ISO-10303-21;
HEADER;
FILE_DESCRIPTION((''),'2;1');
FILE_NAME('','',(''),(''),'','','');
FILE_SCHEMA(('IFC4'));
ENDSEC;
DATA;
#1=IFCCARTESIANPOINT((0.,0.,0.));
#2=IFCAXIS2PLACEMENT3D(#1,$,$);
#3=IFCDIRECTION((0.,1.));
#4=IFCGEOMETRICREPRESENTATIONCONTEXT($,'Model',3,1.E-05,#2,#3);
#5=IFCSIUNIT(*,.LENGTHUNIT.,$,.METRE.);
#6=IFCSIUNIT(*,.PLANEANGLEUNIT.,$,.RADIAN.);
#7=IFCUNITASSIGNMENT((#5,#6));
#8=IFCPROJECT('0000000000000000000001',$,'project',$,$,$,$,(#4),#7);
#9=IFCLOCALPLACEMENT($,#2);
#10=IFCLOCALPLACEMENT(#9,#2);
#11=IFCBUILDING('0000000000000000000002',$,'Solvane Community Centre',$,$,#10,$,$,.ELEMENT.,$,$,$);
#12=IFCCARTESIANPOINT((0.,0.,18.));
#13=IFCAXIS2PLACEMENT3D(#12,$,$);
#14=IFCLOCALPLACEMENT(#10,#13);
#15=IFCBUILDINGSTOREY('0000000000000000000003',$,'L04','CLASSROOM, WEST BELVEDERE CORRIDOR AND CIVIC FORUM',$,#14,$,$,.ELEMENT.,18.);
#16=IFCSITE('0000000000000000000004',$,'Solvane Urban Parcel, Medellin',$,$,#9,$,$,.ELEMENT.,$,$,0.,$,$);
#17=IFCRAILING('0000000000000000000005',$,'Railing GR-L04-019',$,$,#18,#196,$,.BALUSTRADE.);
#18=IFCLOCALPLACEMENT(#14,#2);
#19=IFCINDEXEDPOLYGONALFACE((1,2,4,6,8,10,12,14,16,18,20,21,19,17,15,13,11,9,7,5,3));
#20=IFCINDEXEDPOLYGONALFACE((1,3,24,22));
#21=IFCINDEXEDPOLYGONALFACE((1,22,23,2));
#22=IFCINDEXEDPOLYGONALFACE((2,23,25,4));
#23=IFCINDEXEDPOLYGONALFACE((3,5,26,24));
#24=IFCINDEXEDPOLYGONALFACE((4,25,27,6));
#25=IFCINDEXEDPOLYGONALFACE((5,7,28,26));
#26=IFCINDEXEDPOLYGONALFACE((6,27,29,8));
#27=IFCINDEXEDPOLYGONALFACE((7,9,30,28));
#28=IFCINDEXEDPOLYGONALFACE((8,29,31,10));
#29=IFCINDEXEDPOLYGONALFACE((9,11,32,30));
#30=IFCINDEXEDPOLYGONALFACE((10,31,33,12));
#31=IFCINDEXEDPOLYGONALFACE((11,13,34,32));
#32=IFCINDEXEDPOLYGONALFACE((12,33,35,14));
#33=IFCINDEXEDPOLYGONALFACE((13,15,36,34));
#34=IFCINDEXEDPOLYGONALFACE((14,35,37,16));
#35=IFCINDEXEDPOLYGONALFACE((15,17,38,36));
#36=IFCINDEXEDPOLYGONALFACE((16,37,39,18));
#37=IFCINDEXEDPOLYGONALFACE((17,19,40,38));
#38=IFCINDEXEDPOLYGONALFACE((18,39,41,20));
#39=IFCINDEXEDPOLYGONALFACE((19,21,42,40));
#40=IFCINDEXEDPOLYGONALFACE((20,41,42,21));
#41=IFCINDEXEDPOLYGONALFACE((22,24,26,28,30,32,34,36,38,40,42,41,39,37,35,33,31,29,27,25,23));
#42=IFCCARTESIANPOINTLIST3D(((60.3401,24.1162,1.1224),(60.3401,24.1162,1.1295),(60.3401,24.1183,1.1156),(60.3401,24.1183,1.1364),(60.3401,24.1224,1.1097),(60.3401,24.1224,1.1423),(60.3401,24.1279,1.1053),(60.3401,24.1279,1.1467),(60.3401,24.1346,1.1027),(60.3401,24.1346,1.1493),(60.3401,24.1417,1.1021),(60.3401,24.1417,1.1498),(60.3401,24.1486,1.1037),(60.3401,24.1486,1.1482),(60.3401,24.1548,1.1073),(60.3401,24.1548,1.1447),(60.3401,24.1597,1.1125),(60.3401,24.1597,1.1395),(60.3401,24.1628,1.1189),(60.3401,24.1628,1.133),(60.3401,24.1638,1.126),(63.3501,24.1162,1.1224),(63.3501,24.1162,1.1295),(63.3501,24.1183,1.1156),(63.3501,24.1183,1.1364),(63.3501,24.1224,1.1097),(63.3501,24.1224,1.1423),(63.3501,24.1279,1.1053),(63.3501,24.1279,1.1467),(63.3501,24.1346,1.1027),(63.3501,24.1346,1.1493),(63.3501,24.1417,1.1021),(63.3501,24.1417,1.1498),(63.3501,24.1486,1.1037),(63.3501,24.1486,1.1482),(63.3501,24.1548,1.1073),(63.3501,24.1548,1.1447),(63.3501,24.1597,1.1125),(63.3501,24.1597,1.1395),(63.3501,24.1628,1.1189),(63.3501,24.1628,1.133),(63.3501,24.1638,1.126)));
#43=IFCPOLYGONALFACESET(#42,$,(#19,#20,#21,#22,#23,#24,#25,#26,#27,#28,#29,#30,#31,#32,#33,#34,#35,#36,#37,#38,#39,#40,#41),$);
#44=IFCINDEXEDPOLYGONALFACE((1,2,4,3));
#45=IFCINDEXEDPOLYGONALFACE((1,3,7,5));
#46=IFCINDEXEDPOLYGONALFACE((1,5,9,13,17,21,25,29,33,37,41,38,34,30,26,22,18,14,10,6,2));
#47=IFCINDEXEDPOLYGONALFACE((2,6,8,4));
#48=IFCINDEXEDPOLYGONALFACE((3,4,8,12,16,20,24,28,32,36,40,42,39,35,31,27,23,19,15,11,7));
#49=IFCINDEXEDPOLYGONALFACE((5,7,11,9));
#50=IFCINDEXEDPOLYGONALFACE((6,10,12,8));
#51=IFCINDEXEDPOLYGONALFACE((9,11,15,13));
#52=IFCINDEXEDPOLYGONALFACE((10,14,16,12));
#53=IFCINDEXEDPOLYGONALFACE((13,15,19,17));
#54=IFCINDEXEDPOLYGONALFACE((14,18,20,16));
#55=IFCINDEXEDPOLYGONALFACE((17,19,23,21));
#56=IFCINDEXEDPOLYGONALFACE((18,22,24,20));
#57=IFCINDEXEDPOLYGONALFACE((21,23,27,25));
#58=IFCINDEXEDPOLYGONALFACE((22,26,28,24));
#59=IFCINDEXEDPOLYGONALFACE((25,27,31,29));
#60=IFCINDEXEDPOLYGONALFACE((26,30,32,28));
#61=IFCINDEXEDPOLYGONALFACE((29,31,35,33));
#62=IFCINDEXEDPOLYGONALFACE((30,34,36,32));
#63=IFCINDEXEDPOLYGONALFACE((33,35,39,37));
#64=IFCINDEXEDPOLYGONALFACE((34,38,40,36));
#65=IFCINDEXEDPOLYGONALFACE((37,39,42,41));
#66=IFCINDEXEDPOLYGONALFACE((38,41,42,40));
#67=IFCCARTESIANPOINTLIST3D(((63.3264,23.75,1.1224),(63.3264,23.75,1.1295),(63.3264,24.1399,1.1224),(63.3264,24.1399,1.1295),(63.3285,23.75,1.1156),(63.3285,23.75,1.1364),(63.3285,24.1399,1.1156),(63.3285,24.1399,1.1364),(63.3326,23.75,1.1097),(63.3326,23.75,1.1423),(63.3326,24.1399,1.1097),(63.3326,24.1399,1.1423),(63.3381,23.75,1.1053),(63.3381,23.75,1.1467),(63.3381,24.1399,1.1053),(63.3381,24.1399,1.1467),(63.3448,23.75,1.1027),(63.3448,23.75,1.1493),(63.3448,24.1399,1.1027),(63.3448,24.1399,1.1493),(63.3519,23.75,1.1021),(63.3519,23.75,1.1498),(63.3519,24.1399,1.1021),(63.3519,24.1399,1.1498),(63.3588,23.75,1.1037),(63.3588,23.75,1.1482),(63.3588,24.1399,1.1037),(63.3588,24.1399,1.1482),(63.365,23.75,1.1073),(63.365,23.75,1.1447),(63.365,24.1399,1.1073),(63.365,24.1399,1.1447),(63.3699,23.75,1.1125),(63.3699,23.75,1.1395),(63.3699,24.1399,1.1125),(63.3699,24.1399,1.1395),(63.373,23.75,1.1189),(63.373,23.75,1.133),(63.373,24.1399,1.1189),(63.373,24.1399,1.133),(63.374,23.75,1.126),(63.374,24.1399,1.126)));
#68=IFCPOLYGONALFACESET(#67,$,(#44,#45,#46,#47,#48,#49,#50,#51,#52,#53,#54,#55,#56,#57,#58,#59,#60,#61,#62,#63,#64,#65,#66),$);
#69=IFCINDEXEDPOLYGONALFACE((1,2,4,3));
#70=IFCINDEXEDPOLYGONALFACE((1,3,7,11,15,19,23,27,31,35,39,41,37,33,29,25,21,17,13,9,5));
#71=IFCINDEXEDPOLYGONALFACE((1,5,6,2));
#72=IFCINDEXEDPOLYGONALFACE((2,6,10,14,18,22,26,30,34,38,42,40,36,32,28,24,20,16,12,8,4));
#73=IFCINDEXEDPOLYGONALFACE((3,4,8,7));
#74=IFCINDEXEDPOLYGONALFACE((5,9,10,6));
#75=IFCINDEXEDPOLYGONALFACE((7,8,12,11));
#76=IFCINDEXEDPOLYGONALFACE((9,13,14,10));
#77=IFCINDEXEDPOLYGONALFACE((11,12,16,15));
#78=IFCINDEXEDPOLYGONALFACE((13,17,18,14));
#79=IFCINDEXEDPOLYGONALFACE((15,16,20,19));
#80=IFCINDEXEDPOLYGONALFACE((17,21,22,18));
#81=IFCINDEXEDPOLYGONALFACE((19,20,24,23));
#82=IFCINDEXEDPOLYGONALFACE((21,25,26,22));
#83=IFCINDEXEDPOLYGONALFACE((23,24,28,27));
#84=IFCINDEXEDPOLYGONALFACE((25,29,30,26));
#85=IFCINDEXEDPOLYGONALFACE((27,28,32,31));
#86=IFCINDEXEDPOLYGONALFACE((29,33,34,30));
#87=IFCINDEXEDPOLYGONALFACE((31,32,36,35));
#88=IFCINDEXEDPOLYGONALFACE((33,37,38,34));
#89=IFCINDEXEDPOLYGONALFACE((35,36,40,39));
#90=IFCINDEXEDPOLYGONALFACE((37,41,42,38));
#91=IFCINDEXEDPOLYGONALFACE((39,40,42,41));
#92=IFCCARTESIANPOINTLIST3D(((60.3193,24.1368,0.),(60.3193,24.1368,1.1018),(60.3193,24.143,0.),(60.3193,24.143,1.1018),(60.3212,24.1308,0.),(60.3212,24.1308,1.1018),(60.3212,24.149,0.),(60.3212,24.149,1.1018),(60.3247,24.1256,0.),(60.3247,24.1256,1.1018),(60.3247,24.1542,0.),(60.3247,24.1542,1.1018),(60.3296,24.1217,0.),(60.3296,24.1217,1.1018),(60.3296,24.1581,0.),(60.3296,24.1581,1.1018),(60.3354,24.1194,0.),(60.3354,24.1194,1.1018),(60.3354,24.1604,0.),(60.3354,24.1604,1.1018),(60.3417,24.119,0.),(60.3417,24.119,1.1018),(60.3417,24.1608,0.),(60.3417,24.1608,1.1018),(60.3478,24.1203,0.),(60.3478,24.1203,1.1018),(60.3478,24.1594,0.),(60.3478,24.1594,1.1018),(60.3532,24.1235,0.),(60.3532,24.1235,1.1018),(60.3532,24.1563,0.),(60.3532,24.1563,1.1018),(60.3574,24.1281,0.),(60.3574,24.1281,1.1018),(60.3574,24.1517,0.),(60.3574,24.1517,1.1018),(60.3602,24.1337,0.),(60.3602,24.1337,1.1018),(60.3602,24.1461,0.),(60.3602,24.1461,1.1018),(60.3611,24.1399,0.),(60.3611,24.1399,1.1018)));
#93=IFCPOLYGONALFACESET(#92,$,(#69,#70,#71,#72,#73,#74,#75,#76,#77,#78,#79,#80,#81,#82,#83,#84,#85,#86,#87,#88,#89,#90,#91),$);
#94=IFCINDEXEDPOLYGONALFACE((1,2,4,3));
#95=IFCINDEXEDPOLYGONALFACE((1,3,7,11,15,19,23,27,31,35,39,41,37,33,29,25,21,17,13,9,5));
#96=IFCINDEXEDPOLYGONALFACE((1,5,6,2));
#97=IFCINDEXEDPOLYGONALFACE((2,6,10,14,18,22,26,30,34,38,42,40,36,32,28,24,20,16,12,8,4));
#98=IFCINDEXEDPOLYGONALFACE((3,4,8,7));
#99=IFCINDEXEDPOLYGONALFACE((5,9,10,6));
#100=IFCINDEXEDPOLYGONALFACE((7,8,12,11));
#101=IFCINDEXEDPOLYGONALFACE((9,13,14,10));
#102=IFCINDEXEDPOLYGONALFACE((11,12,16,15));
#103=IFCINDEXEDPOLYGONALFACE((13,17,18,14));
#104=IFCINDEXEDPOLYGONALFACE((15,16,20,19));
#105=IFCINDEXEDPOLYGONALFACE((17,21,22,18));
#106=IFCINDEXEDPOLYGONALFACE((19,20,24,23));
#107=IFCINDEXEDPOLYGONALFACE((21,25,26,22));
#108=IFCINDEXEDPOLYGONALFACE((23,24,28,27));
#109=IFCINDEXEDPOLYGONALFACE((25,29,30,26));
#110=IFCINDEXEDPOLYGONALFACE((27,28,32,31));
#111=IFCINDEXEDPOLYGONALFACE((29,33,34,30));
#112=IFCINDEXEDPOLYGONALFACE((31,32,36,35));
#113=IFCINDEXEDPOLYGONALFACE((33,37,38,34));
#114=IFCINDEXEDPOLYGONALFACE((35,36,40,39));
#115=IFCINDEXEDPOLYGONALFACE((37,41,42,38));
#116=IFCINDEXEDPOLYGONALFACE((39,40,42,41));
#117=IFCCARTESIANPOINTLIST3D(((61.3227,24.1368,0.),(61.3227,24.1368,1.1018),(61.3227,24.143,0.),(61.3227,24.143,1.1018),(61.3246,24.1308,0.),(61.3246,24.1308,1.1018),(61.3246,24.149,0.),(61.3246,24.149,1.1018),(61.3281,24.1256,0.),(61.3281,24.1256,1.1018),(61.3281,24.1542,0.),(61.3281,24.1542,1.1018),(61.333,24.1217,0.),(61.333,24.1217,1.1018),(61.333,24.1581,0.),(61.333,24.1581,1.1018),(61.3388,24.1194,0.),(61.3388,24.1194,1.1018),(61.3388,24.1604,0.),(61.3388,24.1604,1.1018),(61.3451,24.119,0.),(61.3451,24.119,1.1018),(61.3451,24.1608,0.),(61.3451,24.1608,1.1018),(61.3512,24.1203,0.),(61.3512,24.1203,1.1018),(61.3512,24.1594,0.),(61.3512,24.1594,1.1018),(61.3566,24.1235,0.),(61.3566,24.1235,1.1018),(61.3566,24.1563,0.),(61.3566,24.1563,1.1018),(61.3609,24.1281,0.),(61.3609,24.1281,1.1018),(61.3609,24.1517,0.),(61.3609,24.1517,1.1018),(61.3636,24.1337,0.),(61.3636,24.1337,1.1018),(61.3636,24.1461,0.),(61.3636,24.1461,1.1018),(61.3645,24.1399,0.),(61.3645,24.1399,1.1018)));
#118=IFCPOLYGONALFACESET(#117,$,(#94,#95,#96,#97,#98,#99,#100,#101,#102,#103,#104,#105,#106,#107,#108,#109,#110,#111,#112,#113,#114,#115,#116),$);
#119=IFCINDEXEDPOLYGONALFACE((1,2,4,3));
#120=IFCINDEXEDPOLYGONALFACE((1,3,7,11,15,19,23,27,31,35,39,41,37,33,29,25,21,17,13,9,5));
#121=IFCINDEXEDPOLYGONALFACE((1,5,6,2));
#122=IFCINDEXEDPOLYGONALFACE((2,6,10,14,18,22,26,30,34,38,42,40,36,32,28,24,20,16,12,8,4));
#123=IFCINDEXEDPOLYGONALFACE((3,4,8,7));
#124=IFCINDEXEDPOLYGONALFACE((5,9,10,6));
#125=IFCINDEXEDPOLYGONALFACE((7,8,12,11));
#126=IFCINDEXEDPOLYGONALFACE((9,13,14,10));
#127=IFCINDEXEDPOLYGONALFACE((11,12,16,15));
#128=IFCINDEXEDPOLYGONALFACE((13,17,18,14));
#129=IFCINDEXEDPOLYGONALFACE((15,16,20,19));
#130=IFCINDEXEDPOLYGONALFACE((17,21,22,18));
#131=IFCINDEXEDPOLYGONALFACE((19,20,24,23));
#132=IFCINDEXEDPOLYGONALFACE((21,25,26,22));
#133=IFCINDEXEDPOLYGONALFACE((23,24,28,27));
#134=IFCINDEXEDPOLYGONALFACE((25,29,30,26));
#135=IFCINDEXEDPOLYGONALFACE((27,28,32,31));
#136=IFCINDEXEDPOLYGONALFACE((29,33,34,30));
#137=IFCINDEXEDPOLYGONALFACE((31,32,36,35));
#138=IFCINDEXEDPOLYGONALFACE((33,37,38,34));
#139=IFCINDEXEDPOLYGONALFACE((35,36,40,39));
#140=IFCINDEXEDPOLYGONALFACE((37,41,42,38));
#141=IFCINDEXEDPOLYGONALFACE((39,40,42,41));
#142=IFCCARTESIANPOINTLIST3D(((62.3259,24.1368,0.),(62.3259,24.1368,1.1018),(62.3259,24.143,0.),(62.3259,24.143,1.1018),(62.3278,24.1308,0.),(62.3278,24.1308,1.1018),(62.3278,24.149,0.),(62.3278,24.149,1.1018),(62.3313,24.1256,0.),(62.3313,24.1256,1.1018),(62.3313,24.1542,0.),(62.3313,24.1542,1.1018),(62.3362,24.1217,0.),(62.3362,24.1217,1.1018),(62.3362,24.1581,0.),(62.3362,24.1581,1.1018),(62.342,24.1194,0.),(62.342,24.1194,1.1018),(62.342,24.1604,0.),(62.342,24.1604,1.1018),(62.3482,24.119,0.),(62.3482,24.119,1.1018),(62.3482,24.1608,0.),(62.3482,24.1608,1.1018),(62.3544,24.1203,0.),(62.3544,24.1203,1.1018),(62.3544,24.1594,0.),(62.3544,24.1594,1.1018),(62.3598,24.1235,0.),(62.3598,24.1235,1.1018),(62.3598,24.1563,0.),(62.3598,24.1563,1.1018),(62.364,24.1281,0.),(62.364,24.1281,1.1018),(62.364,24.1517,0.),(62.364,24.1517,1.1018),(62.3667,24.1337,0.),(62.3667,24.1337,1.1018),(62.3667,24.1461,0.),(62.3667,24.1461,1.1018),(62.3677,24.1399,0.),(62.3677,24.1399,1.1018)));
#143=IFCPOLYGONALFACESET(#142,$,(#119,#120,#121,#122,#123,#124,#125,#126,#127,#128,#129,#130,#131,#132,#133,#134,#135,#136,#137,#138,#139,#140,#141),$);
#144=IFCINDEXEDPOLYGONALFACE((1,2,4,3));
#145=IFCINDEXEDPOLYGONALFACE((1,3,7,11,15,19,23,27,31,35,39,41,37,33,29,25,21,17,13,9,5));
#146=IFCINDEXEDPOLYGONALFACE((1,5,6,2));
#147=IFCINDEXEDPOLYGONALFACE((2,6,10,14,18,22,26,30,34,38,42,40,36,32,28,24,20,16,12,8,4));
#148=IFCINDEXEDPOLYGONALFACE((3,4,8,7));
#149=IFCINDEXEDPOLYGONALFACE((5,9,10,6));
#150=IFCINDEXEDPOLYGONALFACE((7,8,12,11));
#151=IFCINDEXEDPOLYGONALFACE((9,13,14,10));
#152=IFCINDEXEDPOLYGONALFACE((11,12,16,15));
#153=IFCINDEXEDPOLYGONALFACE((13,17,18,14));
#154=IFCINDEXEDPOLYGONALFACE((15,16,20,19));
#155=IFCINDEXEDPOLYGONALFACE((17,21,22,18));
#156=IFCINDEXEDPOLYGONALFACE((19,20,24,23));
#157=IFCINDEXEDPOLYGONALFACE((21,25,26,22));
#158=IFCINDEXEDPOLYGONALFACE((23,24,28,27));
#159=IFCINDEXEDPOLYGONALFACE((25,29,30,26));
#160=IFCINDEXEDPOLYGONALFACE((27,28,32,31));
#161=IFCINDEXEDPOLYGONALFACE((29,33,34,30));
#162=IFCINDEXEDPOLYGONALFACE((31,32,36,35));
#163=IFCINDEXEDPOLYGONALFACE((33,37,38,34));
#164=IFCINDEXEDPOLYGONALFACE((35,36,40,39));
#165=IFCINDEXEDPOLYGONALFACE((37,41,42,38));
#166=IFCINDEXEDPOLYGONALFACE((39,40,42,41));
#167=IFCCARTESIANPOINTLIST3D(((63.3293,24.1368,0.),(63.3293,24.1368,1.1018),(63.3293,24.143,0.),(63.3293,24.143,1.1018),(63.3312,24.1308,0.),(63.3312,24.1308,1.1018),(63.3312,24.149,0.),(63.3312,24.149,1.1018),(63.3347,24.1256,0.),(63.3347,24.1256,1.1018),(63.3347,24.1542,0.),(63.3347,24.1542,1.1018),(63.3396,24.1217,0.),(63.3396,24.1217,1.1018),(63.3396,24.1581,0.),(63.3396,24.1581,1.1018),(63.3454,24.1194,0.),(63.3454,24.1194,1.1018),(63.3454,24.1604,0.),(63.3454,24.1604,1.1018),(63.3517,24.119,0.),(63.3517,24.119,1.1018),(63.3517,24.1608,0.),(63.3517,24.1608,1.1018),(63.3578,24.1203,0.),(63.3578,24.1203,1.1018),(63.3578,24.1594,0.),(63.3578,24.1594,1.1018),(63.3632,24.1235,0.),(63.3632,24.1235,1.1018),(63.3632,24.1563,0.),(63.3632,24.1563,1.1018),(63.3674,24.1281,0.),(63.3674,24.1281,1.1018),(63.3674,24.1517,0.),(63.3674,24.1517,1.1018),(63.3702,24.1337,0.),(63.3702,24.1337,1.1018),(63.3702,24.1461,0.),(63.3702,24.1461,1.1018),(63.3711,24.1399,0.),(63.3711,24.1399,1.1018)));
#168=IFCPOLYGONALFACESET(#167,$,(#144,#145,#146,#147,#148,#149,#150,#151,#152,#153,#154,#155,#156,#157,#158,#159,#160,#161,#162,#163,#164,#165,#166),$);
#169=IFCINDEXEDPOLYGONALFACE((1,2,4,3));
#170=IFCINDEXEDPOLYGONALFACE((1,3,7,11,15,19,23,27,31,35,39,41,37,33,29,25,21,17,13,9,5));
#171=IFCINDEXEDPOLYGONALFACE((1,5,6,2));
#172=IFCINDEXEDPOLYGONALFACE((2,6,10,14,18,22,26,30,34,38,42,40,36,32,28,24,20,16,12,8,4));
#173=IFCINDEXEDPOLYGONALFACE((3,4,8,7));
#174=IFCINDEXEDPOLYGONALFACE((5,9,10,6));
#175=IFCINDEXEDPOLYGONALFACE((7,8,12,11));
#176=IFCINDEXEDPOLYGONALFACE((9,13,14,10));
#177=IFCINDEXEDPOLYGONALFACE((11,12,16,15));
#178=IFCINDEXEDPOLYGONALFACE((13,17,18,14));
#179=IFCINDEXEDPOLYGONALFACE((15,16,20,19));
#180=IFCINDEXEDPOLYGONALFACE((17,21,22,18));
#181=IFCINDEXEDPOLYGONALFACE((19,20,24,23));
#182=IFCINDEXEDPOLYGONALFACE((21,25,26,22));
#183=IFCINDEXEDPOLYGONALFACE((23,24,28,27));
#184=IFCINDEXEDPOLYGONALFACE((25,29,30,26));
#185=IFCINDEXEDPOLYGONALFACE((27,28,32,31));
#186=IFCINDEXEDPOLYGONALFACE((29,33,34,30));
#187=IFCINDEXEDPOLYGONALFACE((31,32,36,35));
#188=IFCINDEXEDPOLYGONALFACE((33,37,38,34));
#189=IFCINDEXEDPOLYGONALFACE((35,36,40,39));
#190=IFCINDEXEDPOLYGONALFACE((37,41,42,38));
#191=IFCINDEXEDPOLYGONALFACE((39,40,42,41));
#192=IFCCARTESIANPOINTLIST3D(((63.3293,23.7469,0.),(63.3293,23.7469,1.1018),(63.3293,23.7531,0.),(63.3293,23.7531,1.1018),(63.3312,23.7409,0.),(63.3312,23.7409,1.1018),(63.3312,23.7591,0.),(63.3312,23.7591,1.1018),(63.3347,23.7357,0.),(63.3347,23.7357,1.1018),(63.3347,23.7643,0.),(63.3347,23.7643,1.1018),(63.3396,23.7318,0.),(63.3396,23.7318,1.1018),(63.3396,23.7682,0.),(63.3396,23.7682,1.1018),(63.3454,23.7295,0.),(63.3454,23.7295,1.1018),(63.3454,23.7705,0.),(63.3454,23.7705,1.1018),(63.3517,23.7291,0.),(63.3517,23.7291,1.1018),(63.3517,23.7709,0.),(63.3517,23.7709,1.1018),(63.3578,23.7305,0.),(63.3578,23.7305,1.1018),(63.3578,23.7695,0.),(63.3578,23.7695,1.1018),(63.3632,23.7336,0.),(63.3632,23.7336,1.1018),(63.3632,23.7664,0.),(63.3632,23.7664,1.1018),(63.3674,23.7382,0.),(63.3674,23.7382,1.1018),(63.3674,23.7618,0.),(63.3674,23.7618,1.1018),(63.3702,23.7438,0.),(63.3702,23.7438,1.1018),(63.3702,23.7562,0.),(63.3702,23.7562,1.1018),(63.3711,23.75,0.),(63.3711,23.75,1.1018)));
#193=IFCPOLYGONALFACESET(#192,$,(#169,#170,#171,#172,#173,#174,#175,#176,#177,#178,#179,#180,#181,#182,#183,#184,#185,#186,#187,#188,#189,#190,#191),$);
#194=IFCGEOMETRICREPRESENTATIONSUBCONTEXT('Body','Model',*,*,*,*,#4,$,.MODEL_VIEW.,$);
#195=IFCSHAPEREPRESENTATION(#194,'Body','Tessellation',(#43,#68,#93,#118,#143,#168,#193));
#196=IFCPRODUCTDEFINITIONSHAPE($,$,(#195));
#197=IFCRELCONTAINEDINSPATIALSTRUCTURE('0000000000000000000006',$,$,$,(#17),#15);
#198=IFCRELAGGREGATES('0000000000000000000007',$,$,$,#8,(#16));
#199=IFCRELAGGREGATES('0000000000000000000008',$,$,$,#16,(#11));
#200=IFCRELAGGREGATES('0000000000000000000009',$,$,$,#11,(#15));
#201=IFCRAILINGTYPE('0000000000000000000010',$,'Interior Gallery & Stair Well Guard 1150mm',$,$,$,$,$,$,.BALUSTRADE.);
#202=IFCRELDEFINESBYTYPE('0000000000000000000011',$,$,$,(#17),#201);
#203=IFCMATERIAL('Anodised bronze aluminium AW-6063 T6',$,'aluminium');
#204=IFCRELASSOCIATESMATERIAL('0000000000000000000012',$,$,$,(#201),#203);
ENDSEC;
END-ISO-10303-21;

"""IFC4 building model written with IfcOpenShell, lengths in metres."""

from ifc_helpers import new_model, si_unit, direction, frame, origin, origin_2d, place, context, subcontext, project, spatial, circle, extrude, material, type_object, element, save


model = new_model("IFC4")

# Units and contexts
model_context = context("Model", 3, precision=1e-05, world=origin(), true_north=direction((0.0, 1.0)))
body_context = subcontext(model_context, "Body", "Model", "MODEL_VIEW")
ifc_project = project(units=[si_unit("LENGTHUNIT", "METRE"), si_unit("PLANEANGLEUNIT", "RADIAN")], contexts=[model_context])

# Site, building, storey
site_placement = place(None, origin())
site = spatial("IfcSite", under=ifc_project, at=site_placement, Name="Solvane Urban Parcel, Medellin", CompositionType="ELEMENT", RefElevation=0.0)
building_placement = place(site_placement, origin())
building = spatial("IfcBuilding", under=site, at=building_placement, Name="Solvane Community Centre", CompositionType="ELEMENT")
storey_placement = place(building_placement, frame((0.0, 0.0, 18.0)))
storey = spatial("IfcBuildingStorey", under=building, at=storey_placement, Name="L04", Description="CLASSROOM, WEST BELVEDERE CORRIDOR AND CIVIC FORUM", CompositionType="ELEMENT", Elevation=18.0)

# Shared definitions
ifc_material_1 = material(Name="Anodised bronze aluminium AW-6063 T6", Category="aluminium")

# Railing
railing_type = type_object("IfcRailingType", Name="Interior Gallery & Stair Well Guard 1150mm", PredefinedType="BALUSTRADE", material=ifc_material_1)
railing_placement = place(storey_placement, frame((60.3401, 24.1399, 0.0)))
element("IfcRailing", 1, at=railing_placement, inside=storey, type_object=railing_type, Name="Railing GR-L04-019", PredefinedType="BALUSTRADE", context=body_context, shape_type="SweptSolid", body=[
    extrude(circle(Radius=0.0239, at=origin_2d()), frame((0.0, 0.0, 1.126), z_axis=(1.0, 0.0, 0.0), x_axis=(0.0, 1.0, 0.0)), (0.0, 0.0, 1.0), 3.01),
    extrude(circle(Radius=0.0239, at=origin_2d()), frame((3.01, 0.0, 1.126), z_axis=(0.0, -1.0, 0.0), x_axis=(1.0, 0.0, 0.0)), (0.0, 0.0, 1.0), 0.3899),
    extrude(circle(Radius=0.021, at=origin_2d()), origin(), (0.0, 0.0, 1.0), 1.1018),
    extrude(circle(Radius=0.021, at=origin_2d()), frame((1.0034, 0.0, 0.0)), (0.0, 0.0, 1.0), 1.1018),
    extrude(circle(Radius=0.021, at=origin_2d()), frame((2.0066, 0.0, 0.0)), (0.0, 0.0, 1.0), 1.1018),
    extrude(circle(Radius=0.021, at=origin_2d()), frame((3.01, 0.0, 0.0)), (0.0, 0.0, 1.0), 1.1018),
    extrude(circle(Radius=0.021, at=origin_2d()), frame((3.01, -0.3899, 0.0)), (0.0, 0.0, 1.0), 1.1018),
])

save(model, "model.ifc")
